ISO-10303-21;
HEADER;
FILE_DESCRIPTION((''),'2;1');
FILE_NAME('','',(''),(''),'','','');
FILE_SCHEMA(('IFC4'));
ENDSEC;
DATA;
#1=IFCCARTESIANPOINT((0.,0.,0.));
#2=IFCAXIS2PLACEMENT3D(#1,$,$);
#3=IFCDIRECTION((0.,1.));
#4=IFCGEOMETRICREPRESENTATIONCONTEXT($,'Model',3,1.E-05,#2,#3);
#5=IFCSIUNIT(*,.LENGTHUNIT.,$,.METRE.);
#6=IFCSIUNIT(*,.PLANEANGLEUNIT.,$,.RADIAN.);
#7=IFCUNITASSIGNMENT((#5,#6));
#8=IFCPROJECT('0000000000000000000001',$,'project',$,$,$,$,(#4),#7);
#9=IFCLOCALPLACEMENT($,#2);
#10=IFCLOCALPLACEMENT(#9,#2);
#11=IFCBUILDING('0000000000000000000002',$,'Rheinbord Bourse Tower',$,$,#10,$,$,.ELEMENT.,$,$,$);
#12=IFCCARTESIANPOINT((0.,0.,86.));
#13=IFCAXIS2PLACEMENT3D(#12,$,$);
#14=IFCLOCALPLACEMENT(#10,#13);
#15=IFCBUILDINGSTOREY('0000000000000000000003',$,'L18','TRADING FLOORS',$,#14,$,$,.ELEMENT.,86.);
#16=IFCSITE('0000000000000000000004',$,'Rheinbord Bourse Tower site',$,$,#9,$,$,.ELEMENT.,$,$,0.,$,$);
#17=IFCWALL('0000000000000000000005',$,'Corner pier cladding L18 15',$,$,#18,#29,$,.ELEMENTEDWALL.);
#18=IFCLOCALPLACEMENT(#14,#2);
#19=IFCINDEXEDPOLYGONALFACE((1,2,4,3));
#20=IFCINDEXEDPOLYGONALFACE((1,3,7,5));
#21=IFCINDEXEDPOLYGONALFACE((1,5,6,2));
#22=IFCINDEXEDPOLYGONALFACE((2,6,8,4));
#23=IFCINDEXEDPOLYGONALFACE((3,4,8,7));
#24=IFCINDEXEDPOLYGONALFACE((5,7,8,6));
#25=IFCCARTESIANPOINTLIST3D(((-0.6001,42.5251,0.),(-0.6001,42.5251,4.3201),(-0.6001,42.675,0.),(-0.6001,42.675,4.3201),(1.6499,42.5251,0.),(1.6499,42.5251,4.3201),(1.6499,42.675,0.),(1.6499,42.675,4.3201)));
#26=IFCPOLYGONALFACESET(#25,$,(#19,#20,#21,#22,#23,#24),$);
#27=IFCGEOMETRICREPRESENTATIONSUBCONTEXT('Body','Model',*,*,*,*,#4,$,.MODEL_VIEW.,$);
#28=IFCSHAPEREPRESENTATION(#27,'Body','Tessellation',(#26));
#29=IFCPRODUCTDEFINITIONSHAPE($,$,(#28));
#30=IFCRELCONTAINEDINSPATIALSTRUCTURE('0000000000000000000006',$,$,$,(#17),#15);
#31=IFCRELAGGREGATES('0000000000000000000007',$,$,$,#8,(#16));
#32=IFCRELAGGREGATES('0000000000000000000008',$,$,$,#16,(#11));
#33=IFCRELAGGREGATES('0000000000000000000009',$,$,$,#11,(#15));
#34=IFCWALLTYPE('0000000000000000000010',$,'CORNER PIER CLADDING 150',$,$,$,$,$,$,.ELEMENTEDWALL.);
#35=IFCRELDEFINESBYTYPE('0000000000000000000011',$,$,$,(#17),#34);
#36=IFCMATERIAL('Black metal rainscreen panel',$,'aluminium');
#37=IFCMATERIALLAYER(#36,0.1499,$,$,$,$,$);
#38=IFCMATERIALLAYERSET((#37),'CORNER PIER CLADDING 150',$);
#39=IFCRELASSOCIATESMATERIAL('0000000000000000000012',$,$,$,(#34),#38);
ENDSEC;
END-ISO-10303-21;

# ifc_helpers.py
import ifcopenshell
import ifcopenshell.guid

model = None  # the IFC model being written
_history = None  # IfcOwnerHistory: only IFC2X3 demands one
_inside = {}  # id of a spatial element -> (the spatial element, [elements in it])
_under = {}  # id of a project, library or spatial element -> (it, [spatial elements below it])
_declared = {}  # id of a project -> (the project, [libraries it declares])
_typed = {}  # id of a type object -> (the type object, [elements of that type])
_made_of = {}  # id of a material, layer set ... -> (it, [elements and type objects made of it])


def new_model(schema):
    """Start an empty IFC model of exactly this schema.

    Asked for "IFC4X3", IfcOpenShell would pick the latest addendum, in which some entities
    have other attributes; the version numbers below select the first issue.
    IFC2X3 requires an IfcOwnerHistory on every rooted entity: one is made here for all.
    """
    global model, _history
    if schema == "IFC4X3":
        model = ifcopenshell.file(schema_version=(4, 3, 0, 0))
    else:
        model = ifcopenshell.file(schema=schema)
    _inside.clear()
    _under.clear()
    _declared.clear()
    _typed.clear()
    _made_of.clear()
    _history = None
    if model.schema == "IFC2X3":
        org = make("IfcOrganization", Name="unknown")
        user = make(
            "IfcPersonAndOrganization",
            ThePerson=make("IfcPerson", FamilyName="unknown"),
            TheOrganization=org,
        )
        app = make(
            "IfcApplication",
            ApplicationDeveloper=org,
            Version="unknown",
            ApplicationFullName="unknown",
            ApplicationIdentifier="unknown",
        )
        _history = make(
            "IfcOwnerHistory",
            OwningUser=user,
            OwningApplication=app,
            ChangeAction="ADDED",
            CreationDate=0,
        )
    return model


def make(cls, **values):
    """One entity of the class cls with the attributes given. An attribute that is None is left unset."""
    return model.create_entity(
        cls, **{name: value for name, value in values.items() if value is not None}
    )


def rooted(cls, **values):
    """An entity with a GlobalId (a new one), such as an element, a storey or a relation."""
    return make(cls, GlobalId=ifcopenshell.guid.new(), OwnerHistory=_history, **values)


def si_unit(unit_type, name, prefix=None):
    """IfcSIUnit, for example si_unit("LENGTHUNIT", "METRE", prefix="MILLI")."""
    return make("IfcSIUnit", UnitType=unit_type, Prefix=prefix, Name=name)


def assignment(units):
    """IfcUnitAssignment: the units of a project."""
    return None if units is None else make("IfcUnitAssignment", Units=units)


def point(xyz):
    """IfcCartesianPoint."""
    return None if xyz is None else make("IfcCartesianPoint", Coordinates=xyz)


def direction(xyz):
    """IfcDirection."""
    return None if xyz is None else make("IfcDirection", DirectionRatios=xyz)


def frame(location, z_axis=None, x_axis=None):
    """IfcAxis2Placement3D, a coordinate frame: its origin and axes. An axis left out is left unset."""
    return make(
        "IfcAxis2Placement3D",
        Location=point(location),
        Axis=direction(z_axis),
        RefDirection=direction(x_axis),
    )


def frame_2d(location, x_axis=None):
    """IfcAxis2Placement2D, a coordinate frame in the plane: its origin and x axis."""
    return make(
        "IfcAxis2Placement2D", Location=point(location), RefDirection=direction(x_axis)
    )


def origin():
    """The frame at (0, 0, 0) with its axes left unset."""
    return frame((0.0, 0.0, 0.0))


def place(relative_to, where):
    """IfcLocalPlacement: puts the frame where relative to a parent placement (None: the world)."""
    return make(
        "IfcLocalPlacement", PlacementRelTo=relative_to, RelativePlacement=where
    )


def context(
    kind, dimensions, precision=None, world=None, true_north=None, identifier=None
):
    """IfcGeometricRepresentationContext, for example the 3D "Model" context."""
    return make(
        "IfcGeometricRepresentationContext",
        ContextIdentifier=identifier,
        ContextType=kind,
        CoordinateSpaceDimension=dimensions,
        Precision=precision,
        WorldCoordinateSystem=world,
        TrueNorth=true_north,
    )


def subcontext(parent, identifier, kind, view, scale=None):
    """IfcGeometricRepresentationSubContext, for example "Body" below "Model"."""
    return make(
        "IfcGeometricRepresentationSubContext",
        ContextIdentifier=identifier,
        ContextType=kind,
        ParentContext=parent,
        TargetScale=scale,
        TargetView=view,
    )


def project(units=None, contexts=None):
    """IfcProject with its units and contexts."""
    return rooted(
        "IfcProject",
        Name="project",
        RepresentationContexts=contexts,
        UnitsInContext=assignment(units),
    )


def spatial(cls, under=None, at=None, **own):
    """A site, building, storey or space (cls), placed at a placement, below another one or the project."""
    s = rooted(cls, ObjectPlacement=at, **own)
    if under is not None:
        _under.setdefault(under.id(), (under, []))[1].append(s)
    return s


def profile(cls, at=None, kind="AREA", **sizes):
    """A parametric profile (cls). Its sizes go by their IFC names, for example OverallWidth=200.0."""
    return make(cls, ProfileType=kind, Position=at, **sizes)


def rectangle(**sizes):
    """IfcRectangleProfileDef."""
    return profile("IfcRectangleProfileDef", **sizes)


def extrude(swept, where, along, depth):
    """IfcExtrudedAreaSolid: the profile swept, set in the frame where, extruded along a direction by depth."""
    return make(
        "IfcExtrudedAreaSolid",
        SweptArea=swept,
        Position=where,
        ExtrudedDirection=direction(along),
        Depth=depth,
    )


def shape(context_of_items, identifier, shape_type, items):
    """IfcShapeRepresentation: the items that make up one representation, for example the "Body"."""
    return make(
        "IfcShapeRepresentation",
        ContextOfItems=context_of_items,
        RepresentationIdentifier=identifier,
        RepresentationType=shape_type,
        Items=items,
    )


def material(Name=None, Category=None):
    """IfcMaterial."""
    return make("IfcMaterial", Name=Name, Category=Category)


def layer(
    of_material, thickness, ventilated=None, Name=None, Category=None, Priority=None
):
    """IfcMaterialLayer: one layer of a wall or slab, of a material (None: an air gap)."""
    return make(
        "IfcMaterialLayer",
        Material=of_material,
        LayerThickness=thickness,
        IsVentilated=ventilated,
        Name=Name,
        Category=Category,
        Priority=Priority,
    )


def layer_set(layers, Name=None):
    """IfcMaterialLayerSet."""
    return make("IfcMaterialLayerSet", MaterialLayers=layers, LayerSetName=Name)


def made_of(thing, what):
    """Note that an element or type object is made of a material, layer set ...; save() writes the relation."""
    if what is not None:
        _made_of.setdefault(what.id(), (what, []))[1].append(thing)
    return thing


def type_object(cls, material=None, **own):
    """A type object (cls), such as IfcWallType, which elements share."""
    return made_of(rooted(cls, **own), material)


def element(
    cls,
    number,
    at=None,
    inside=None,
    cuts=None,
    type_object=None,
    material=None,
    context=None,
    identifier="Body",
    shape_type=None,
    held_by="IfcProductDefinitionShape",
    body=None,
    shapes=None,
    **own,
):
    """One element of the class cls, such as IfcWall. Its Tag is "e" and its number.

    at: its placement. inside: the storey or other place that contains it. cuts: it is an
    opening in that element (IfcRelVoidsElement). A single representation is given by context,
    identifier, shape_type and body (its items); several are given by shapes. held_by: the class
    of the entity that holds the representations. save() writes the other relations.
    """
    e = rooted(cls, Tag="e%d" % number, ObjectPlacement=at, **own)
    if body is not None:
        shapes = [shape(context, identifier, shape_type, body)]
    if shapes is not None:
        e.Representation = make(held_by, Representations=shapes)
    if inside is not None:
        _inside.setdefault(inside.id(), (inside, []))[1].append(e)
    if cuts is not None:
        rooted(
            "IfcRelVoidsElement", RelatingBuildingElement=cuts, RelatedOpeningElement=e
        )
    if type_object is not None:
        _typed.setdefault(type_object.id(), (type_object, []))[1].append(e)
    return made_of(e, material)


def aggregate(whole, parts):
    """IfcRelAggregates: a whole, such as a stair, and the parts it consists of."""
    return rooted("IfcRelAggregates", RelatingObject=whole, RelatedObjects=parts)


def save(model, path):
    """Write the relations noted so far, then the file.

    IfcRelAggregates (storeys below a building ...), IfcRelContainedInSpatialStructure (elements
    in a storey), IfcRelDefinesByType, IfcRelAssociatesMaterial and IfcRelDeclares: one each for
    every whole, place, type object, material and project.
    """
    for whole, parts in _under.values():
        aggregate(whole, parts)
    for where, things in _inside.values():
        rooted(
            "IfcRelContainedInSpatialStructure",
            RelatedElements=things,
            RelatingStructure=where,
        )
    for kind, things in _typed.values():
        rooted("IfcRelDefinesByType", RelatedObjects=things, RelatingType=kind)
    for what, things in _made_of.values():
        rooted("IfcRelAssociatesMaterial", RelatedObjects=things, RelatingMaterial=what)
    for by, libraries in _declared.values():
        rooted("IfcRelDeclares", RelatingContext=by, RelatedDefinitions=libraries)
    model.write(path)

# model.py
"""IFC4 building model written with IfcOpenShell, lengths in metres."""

from ifc_helpers import new_model, si_unit, direction, frame, frame_2d, origin, place, context, subcontext, project, spatial, rectangle, extrude, material, layer, layer_set, type_object, element, save


model = new_model("IFC4")

# Units and contexts
model_context = context("Model", 3, precision=1e-05, world=origin(), true_north=direction((0.0, 1.0)))
body_context = subcontext(model_context, "Body", "Model", "MODEL_VIEW")
ifc_project = project(units=[si_unit("LENGTHUNIT", "METRE"), si_unit("PLANEANGLEUNIT", "RADIAN")], contexts=[model_context])

# Site, building, storey
site_placement = place(None, origin())
site = spatial("IfcSite", under=ifc_project, at=site_placement, Name="Rheinbord Bourse Tower site", CompositionType="ELEMENT", RefElevation=0.0)
building_placement = place(site_placement, origin())
building = spatial("IfcBuilding", under=site, at=building_placement, Name="Rheinbord Bourse Tower", CompositionType="ELEMENT")
storey_placement = place(building_placement, frame((0.0, 0.0, 86.0)))
storey = spatial("IfcBuildingStorey", under=building, at=storey_placement, Name="L18", Description="TRADING FLOORS", CompositionType="ELEMENT", Elevation=86.0)

# Wall
ifc_material_1 = material(Name="Black metal rainscreen panel", Category="aluminium")
ifc_layer_1 = layer(ifc_material_1, 0.1499)
ifc_layer_set_1 = layer_set([ifc_layer_1], Name="CORNER PIER CLADDING 150")
wall_type = type_object("IfcWallType", Name="CORNER PIER CLADDING 150", PredefinedType="ELEMENTEDWALL", material=ifc_layer_set_1)
wall_1_placement = place(storey_placement, frame((1.6499, 42.6001, 0.0), z_axis=(0.0, 0.0, 1.0), x_axis=(-1.0, 0.0, 0.0)))
element("IfcWall", 1, at=wall_1_placement, inside=storey, type_object=wall_type, Name="Corner pier cladding L18 15", PredefinedType="ELEMENTEDWALL", context=body_context, shape_type="SweptSolid", body=[
    extrude(rectangle(XDim=2.25, YDim=0.1499, at=frame_2d((1.125, 0.0))), origin(), (0.0, 0.0, 1.0), 4.3201),
])

save(model, "model.ifc")
